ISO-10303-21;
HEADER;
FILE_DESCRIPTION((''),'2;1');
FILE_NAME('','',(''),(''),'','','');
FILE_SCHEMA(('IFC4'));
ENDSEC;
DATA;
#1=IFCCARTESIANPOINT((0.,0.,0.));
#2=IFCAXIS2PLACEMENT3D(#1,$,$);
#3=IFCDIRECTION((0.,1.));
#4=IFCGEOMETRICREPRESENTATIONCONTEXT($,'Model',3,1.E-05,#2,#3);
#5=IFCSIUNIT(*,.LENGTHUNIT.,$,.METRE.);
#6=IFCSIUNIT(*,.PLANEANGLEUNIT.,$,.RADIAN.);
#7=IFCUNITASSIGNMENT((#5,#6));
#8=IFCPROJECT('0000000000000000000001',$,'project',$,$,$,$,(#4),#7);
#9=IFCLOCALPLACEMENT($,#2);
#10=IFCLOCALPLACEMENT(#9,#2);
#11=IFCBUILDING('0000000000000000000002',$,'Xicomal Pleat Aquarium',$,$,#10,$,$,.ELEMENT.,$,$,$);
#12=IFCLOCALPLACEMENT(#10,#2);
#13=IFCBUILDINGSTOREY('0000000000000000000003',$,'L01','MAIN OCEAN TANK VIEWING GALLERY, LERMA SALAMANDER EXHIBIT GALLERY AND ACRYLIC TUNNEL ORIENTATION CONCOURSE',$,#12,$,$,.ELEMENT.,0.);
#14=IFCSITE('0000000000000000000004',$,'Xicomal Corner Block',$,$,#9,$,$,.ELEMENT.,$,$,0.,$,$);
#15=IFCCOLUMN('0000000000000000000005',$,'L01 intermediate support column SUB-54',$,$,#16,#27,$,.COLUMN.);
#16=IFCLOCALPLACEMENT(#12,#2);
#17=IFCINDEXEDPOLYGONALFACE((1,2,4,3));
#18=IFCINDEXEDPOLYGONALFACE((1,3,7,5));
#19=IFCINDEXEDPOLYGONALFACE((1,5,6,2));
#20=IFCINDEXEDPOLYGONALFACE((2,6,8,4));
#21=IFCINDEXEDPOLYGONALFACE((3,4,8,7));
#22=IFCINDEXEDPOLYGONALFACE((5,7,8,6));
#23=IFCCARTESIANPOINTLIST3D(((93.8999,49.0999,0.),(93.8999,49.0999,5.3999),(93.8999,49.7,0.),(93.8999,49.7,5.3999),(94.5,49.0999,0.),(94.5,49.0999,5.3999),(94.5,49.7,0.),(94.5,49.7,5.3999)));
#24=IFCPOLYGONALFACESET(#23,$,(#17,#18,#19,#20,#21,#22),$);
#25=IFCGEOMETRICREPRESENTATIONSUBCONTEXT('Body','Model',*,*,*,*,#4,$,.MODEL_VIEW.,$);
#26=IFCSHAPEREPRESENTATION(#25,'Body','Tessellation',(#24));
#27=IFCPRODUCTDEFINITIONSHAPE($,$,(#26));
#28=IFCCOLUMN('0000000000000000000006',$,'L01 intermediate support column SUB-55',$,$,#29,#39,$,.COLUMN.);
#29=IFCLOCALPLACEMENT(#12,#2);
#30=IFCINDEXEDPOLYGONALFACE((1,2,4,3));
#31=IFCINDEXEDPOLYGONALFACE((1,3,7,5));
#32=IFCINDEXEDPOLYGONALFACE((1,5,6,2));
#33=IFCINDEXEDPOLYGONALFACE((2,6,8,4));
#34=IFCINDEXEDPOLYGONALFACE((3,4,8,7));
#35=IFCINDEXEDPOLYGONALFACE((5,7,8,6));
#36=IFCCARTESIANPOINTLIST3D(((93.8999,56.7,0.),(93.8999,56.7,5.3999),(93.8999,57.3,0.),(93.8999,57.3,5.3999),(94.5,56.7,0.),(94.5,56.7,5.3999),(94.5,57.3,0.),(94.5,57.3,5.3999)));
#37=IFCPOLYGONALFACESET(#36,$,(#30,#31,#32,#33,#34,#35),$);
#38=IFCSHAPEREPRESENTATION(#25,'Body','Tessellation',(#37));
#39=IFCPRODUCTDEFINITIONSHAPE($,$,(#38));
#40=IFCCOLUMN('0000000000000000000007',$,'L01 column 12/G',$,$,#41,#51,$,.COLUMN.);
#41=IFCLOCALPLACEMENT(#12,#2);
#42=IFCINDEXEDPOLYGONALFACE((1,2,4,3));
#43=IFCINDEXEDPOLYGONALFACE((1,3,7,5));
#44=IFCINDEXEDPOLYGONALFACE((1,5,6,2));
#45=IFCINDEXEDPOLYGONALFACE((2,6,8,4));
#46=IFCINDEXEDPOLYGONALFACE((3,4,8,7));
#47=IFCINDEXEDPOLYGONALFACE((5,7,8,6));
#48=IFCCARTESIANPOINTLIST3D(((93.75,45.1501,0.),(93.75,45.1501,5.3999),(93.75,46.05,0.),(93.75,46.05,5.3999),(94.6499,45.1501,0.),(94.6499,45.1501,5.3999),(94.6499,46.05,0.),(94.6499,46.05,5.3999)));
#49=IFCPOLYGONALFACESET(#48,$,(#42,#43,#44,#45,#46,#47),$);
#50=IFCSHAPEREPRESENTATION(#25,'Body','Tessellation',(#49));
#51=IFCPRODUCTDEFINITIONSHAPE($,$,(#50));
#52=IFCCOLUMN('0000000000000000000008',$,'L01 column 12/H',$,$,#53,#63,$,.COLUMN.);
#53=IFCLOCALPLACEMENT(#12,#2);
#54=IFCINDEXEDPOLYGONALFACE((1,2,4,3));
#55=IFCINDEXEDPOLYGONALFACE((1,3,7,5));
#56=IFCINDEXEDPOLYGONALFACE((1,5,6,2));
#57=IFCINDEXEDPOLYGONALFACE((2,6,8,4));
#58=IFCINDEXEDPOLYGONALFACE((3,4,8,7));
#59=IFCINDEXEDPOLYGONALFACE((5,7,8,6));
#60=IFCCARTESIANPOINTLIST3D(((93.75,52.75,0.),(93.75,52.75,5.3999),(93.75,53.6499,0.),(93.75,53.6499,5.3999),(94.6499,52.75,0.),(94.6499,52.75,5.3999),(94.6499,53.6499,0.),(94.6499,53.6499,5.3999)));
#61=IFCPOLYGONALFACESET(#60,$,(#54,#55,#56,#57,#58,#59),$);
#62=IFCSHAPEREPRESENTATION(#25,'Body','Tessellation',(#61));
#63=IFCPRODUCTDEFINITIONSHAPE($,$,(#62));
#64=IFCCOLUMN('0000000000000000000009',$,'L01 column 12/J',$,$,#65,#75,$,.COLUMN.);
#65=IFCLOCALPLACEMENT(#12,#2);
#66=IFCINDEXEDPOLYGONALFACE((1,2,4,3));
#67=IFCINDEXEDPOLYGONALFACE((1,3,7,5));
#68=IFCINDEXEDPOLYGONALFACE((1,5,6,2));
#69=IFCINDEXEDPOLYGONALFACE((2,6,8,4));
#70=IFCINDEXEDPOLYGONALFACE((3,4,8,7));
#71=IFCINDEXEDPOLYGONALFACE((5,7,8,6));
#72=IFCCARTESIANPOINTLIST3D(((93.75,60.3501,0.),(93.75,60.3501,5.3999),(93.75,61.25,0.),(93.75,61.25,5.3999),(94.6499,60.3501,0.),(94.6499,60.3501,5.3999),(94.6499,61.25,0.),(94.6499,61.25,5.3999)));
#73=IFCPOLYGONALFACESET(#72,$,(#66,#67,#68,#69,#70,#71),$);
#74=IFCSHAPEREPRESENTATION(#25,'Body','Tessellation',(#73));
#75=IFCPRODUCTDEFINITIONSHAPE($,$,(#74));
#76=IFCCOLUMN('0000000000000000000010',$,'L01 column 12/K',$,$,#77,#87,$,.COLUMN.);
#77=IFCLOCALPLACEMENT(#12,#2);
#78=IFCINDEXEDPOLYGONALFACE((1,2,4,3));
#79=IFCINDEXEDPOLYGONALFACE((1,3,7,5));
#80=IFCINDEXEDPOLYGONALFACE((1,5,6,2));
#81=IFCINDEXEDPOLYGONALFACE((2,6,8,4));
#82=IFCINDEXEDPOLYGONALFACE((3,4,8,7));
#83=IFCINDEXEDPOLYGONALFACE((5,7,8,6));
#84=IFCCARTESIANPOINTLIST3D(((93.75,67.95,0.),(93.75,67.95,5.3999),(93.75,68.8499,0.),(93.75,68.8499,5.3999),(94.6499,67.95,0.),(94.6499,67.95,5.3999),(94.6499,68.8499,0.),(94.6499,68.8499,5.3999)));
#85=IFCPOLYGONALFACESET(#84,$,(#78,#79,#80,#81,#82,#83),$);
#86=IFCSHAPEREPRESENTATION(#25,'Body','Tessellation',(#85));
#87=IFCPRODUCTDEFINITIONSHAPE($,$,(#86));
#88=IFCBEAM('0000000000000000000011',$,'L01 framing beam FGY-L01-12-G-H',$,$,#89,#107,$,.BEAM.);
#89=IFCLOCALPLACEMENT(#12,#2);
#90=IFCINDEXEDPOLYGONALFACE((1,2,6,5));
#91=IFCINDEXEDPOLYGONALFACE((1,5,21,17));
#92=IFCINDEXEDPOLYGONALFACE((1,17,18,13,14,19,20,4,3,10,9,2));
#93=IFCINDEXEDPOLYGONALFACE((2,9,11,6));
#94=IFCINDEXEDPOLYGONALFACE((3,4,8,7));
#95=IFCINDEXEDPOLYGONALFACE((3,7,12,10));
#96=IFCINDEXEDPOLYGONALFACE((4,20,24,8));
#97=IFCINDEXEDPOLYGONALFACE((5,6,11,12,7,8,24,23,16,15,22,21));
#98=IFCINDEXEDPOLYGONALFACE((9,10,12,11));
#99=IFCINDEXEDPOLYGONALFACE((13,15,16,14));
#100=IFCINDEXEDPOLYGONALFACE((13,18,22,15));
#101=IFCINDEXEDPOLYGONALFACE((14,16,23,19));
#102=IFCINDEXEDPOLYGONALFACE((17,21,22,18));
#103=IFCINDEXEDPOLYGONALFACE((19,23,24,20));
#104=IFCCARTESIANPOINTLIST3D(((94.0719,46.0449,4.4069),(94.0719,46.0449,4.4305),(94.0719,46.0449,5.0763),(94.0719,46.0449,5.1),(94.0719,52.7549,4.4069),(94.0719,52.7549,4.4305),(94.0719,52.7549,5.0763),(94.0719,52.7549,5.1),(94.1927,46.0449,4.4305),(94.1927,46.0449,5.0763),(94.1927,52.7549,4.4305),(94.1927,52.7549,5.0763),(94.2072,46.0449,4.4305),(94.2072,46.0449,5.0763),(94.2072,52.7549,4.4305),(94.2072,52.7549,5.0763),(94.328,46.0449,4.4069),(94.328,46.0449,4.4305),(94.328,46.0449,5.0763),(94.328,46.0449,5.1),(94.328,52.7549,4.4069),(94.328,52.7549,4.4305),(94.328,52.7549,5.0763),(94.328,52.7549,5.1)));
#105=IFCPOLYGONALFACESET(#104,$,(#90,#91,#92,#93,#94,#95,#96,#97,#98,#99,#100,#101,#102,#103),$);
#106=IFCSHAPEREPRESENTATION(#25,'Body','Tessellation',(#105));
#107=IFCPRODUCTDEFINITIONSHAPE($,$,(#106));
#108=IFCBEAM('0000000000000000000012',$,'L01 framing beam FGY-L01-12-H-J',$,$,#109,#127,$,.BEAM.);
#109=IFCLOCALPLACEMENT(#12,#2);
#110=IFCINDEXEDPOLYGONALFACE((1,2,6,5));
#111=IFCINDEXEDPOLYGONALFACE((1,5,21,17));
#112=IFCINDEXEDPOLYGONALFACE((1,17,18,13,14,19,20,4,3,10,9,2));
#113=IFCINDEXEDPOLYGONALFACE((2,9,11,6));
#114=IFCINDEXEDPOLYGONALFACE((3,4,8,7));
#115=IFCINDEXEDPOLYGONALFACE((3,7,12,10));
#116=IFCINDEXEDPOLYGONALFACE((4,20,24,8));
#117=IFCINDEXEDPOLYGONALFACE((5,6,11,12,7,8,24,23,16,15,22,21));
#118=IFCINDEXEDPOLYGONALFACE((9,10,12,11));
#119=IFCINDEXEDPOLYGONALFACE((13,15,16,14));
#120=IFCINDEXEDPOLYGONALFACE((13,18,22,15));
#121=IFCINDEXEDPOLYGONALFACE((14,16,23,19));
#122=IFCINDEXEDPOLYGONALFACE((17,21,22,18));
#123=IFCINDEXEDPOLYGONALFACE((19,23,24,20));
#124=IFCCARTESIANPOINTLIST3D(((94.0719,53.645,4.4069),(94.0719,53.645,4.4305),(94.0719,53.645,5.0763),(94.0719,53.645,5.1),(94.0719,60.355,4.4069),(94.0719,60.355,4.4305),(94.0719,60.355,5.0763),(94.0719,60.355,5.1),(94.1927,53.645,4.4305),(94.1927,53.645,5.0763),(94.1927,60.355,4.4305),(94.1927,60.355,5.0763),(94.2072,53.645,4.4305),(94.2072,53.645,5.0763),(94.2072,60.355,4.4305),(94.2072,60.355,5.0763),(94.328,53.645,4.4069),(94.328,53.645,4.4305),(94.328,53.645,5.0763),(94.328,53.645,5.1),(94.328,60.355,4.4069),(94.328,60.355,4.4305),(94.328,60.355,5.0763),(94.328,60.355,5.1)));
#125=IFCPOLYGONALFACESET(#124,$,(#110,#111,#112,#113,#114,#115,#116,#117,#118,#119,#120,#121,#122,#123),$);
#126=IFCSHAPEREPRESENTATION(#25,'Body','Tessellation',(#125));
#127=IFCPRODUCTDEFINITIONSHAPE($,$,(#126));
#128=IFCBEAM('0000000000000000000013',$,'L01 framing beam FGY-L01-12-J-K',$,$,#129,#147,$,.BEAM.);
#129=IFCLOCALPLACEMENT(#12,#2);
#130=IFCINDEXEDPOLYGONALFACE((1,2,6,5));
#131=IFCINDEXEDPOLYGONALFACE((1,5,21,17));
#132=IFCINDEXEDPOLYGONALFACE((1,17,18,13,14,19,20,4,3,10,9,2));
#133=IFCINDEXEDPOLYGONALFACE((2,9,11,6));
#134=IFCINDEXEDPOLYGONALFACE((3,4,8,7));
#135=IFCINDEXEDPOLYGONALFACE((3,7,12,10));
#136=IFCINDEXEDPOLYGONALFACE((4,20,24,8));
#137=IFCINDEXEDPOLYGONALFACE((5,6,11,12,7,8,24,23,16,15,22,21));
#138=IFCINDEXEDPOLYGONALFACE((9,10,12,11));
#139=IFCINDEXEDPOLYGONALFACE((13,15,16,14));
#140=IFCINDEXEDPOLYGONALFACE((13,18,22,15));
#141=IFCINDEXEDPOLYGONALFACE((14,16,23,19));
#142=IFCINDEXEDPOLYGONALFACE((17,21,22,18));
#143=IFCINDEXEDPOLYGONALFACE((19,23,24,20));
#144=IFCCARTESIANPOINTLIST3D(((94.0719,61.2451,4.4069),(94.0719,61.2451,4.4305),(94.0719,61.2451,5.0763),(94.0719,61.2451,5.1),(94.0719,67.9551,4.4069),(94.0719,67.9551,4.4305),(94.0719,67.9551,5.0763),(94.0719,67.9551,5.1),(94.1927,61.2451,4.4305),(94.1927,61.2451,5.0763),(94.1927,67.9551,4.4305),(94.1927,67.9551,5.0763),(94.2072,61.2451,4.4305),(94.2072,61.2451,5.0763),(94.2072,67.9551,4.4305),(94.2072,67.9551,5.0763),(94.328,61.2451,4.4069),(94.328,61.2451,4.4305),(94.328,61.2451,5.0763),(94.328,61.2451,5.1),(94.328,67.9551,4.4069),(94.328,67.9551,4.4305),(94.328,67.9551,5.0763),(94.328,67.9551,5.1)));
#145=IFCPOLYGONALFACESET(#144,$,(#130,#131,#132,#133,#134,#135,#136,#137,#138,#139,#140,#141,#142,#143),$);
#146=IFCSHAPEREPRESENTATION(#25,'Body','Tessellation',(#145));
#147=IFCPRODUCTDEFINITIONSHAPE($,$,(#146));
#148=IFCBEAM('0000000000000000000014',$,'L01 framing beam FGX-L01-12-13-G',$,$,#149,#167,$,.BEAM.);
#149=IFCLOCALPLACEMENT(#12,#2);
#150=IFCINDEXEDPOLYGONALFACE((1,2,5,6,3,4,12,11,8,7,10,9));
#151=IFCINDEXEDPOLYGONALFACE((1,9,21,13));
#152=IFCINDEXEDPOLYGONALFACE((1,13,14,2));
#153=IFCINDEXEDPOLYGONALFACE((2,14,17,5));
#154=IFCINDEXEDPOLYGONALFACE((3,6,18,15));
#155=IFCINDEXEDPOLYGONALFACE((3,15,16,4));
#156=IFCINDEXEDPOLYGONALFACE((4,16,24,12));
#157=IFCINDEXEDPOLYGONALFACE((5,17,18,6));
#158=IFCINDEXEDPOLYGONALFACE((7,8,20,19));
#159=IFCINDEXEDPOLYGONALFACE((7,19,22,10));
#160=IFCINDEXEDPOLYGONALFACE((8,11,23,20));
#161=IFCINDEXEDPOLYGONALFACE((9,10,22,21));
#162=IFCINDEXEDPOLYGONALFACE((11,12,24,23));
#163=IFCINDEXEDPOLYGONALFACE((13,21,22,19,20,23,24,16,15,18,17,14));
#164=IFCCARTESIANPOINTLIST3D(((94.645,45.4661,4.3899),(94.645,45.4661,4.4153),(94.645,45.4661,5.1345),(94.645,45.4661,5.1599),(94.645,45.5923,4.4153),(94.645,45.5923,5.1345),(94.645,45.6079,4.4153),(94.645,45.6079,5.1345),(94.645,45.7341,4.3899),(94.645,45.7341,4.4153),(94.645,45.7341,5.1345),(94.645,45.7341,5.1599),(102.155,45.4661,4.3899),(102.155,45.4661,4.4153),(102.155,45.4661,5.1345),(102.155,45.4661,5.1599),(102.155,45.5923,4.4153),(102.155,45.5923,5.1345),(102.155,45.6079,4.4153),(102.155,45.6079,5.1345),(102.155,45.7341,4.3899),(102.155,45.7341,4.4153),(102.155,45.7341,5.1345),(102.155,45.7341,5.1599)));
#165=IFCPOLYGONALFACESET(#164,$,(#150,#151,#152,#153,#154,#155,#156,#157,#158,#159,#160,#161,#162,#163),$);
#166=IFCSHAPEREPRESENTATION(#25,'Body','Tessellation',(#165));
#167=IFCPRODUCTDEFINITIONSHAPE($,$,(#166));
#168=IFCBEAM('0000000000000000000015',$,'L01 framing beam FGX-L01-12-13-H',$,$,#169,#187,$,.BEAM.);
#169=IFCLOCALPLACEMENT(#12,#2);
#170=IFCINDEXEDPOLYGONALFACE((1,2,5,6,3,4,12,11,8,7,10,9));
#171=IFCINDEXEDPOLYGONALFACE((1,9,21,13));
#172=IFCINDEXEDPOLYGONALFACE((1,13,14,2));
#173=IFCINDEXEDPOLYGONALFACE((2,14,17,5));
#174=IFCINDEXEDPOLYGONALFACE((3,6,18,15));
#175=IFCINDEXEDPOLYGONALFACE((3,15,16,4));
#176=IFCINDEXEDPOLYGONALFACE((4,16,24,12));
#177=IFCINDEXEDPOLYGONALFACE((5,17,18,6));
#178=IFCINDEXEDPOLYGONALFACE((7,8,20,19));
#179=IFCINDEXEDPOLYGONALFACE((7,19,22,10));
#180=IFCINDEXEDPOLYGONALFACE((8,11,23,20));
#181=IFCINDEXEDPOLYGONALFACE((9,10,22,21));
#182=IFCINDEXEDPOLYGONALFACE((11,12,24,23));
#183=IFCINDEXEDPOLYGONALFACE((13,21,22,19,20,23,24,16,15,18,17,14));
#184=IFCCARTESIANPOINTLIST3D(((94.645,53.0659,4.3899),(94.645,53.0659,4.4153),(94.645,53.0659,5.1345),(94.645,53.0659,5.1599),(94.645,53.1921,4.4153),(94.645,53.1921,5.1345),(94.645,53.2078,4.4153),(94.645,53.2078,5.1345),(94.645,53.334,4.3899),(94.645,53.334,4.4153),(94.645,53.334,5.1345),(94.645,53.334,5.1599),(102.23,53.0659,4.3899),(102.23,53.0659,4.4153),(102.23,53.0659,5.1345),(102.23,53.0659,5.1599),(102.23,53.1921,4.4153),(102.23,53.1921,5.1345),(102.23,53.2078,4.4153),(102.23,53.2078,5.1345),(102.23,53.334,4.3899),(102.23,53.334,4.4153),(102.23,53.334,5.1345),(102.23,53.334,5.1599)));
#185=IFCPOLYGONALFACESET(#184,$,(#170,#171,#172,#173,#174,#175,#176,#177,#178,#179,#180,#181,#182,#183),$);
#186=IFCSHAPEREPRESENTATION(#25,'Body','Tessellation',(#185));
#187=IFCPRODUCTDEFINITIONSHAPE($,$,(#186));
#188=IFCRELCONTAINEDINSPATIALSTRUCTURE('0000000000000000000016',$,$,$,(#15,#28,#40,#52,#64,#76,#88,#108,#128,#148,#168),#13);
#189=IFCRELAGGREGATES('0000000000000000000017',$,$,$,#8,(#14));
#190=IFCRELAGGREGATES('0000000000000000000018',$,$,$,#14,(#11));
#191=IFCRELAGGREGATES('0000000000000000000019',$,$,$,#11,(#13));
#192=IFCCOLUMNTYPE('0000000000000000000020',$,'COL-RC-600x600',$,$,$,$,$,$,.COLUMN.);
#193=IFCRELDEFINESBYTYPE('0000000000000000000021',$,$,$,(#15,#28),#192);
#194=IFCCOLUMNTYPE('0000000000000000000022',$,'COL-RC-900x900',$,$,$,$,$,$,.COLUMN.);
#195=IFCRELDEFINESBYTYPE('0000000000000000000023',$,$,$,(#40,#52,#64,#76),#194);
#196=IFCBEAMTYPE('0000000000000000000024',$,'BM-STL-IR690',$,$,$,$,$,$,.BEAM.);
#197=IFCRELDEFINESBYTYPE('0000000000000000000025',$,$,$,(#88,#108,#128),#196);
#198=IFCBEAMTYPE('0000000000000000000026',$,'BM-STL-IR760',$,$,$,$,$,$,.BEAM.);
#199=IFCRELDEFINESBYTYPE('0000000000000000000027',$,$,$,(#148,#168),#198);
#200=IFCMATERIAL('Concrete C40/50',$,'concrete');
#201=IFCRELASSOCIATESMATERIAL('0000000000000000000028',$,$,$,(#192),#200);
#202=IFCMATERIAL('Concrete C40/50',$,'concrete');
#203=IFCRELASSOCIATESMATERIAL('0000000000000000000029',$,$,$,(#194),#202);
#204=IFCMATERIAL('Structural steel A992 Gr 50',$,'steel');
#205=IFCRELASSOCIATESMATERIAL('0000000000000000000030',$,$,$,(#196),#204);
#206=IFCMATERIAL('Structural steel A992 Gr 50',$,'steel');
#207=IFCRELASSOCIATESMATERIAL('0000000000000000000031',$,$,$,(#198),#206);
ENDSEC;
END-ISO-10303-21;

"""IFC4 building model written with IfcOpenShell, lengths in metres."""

from ifc_helpers import new_model, si_unit, direction, frame, origin, origin_2d, place, context, subcontext, project, spatial, rectangle, i_section, extrude, material, material_profile, profile_set, type_object, element, save


model = new_model("IFC4")

# Units and contexts
model_context = context("Model", 3, precision=1e-05, world=origin(), true_north=direction((0.0, 1.0)))
body_context = subcontext(model_context, "Body", "Model", "MODEL_VIEW")
ifc_project = project(units=[si_unit("LENGTHUNIT", "METRE"), si_unit("PLANEANGLEUNIT", "RADIAN")], contexts=[model_context])

# Site, building, storey
site_placement = place(None, origin())
site = spatial("IfcSite", under=ifc_project, at=site_placement, Name="Xicomal Corner Block", CompositionType="ELEMENT", RefElevation=0.0)
building_placement = place(site_placement, origin())
building = spatial("IfcBuilding", under=site, at=building_placement, Name="Xicomal Pleat Aquarium", CompositionType="ELEMENT")
storey_placement = place(building_placement, origin())
storey = spatial("IfcBuildingStorey", under=building, at=storey_placement, Name="L01", Description="MAIN OCEAN TANK VIEWING GALLERY, LERMA SALAMANDER EXHIBIT GALLERY AND ACRYLIC TUNNEL ORIENTATION CONCOURSE", CompositionType="ELEMENT", Elevation=0.0)

# Columns
ifc_material_1 = material(Name="Concrete C40/50", Category="concrete")
ifc_material_profile_1 = material_profile(ifc_material_1, rectangle(XDim=0.6001, YDim=0.6001, at=origin_2d()), Name="RC 600x600")
ifc_profile_set_1 = profile_set([ifc_material_profile_1], Name="Concrete C40/50")
column_type_1 = type_object("IfcColumnType", Name="COL-RC-600x600", PredefinedType="COLUMN", material=ifc_profile_set_1)
for number, where, z_axis, x_axis, name in (
    (1, (94.2, 49.3999, 0.0), (0.0, 0.0, 1.0), (1.0, 0.0, 0.0), "L01 intermediate support column SUB-54"),
    (2, (94.2, 57.0, 0.0), (0.0, 0.0, 1.0), (1.0, 0.0, 0.0), "L01 intermediate support column SUB-55"),
):
    element("IfcColumn", number, at=place(storey_placement, frame(where, z_axis=z_axis, x_axis=x_axis)), inside=storey, type_object=column_type_1, Name=name, PredefinedType="COLUMN", context=body_context, shape_type="SweptSolid", body=[
        extrude(rectangle(XDim=0.6001, YDim=0.6001, at=origin_2d()), origin(), (0.0, 0.0, 1.0), 5.3999),
    ])
ifc_material_2 = material(Name="Concrete C40/50", Category="concrete")
ifc_material_profile_2 = material_profile(ifc_material_2, rectangle(XDim=0.8999, YDim=0.8999, at=origin_2d()), Name="RC 900x900")
ifc_profile_set_2 = profile_set([ifc_material_profile_2], Name="Concrete C40/50")
column_type_2 = type_object("IfcColumnType", Name="COL-RC-900x900", PredefinedType="COLUMN", material=ifc_profile_set_2)
for number, where, z_axis, x_axis, name in (
    (3, (94.2, 45.6001, 0.0), (0.0, 0.0, 1.0), (1.0, 0.0, 0.0), "L01 column 12/G"),
    (4, (94.2, 53.2, 0.0), (0.0, 0.0, 1.0), (1.0, 0.0, 0.0), "L01 column 12/H"),
    (5, (94.2, 60.8, 0.0), (0.0, 0.0, 1.0), (1.0, 0.0, 0.0), "L01 column 12/J"),
    (6, (94.2, 68.3999, 0.0), (0.0, 0.0, 1.0), (1.0, 0.0, 0.0), "L01 column 12/K"),
):
    element("IfcColumn", number, at=place(storey_placement, frame(where, z_axis=z_axis, x_axis=x_axis)), inside=storey, type_object=column_type_2, Name=name, PredefinedType="COLUMN", context=body_context, shape_type="SweptSolid", body=[
        extrude(rectangle(XDim=0.8999, YDim=0.8999, at=origin_2d()), origin(), (0.0, 0.0, 1.0), 5.3999),
    ])

# Beams
ifc_material_3 = material(Name="Structural steel A992 Gr 50", Category="steel")
ifc_material_profile_3 = material_profile(ifc_material_3, i_section(OverallWidth=0.2561, OverallDepth=0.6931, WebThickness=0.0144, FlangeThickness=0.0237, at=origin_2d()), Name="IR 690x170")
ifc_profile_set_3 = profile_set([ifc_material_profile_3], Name="Structural steel A992 Gr 50")
beam_type_1 = type_object("IfcBeamType", Name="BM-STL-IR690", PredefinedType="BEAM", material=ifc_profile_set_3)
for number, where, z_axis, x_axis, name in (
    (7, (94.2, 46.0449, 4.7534), (0.0, 1.0, 0.0), (-1.0, 0.0, 0.0), "L01 framing beam FGY-L01-12-G-H"),
    (8, (94.2, 53.645, 4.7534), (0.0, 1.0, 0.0), (-1.0, 0.0, 0.0), "L01 framing beam FGY-L01-12-H-J"),
    (9, (94.2, 61.2451, 4.7534), (0.0, 1.0, 0.0), (-1.0, 0.0, 0.0), "L01 framing beam FGY-L01-12-J-K"),
):
    element("IfcBeam", number, at=place(storey_placement, frame(where, z_axis=z_axis, x_axis=x_axis)), inside=storey, type_object=beam_type_1, Name=name, PredefinedType="BEAM", context=body_context, shape_type="SweptSolid", body=[
        extrude(i_section(OverallWidth=0.2561, OverallDepth=0.6931, WebThickness=0.0144, FlangeThickness=0.0237, at=origin_2d()), origin(), (0.0, 0.0, 1.0), 6.71),
    ])
ifc_material_4 = material(Name="Structural steel A992 Gr 50", Category="steel")
ifc_material_profile_4 = material_profile(ifc_material_4, i_section(OverallWidth=0.2681, OverallDepth=0.77, WebThickness=0.0156, FlangeThickness=0.0254, at=origin_2d()), Name="IR 760x196")
ifc_profile_set_4 = profile_set([ifc_material_profile_4], Name="Structural steel A992 Gr 50")
beam_type_2 = type_object("IfcBeamType", Name="BM-STL-IR760", PredefinedType="BEAM", material=ifc_profile_set_4)
beam_1_placement = place(storey_placement, frame((94.645, 45.6001, 4.7749), z_axis=(1.0, 0.0, 0.0), x_axis=(0.0, 1.0, 0.0)))
element("IfcBeam", 10, at=beam_1_placement, inside=storey, type_object=beam_type_2, Name="L01 framing beam FGX-L01-12-13-G", PredefinedType="BEAM", context=body_context, shape_type="SweptSolid", body=[
    extrude(i_section(OverallWidth=0.2681, OverallDepth=0.77, WebThickness=0.0156, FlangeThickness=0.0254, at=origin_2d()), origin(), (0.0, 0.0, 1.0), 7.51),
])
beam_2_placement = place(storey_placement, frame((94.645, 53.2, 4.7749), z_axis=(1.0, 0.0, 0.0), x_axis=(0.0, 1.0, 0.0)))
element("IfcBeam", 11, at=beam_2_placement, inside=storey, type_object=beam_type_2, Name="L01 framing beam FGX-L01-12-13-H", PredefinedType="BEAM", context=body_context, shape_type="SweptSolid", body=[
    extrude(i_section(OverallWidth=0.2681, OverallDepth=0.77, WebThickness=0.0156, FlangeThickness=0.0254, at=origin_2d()), origin(), (0.0, 0.0, 1.0), 7.585),
])

save(model, "model.ifc")
